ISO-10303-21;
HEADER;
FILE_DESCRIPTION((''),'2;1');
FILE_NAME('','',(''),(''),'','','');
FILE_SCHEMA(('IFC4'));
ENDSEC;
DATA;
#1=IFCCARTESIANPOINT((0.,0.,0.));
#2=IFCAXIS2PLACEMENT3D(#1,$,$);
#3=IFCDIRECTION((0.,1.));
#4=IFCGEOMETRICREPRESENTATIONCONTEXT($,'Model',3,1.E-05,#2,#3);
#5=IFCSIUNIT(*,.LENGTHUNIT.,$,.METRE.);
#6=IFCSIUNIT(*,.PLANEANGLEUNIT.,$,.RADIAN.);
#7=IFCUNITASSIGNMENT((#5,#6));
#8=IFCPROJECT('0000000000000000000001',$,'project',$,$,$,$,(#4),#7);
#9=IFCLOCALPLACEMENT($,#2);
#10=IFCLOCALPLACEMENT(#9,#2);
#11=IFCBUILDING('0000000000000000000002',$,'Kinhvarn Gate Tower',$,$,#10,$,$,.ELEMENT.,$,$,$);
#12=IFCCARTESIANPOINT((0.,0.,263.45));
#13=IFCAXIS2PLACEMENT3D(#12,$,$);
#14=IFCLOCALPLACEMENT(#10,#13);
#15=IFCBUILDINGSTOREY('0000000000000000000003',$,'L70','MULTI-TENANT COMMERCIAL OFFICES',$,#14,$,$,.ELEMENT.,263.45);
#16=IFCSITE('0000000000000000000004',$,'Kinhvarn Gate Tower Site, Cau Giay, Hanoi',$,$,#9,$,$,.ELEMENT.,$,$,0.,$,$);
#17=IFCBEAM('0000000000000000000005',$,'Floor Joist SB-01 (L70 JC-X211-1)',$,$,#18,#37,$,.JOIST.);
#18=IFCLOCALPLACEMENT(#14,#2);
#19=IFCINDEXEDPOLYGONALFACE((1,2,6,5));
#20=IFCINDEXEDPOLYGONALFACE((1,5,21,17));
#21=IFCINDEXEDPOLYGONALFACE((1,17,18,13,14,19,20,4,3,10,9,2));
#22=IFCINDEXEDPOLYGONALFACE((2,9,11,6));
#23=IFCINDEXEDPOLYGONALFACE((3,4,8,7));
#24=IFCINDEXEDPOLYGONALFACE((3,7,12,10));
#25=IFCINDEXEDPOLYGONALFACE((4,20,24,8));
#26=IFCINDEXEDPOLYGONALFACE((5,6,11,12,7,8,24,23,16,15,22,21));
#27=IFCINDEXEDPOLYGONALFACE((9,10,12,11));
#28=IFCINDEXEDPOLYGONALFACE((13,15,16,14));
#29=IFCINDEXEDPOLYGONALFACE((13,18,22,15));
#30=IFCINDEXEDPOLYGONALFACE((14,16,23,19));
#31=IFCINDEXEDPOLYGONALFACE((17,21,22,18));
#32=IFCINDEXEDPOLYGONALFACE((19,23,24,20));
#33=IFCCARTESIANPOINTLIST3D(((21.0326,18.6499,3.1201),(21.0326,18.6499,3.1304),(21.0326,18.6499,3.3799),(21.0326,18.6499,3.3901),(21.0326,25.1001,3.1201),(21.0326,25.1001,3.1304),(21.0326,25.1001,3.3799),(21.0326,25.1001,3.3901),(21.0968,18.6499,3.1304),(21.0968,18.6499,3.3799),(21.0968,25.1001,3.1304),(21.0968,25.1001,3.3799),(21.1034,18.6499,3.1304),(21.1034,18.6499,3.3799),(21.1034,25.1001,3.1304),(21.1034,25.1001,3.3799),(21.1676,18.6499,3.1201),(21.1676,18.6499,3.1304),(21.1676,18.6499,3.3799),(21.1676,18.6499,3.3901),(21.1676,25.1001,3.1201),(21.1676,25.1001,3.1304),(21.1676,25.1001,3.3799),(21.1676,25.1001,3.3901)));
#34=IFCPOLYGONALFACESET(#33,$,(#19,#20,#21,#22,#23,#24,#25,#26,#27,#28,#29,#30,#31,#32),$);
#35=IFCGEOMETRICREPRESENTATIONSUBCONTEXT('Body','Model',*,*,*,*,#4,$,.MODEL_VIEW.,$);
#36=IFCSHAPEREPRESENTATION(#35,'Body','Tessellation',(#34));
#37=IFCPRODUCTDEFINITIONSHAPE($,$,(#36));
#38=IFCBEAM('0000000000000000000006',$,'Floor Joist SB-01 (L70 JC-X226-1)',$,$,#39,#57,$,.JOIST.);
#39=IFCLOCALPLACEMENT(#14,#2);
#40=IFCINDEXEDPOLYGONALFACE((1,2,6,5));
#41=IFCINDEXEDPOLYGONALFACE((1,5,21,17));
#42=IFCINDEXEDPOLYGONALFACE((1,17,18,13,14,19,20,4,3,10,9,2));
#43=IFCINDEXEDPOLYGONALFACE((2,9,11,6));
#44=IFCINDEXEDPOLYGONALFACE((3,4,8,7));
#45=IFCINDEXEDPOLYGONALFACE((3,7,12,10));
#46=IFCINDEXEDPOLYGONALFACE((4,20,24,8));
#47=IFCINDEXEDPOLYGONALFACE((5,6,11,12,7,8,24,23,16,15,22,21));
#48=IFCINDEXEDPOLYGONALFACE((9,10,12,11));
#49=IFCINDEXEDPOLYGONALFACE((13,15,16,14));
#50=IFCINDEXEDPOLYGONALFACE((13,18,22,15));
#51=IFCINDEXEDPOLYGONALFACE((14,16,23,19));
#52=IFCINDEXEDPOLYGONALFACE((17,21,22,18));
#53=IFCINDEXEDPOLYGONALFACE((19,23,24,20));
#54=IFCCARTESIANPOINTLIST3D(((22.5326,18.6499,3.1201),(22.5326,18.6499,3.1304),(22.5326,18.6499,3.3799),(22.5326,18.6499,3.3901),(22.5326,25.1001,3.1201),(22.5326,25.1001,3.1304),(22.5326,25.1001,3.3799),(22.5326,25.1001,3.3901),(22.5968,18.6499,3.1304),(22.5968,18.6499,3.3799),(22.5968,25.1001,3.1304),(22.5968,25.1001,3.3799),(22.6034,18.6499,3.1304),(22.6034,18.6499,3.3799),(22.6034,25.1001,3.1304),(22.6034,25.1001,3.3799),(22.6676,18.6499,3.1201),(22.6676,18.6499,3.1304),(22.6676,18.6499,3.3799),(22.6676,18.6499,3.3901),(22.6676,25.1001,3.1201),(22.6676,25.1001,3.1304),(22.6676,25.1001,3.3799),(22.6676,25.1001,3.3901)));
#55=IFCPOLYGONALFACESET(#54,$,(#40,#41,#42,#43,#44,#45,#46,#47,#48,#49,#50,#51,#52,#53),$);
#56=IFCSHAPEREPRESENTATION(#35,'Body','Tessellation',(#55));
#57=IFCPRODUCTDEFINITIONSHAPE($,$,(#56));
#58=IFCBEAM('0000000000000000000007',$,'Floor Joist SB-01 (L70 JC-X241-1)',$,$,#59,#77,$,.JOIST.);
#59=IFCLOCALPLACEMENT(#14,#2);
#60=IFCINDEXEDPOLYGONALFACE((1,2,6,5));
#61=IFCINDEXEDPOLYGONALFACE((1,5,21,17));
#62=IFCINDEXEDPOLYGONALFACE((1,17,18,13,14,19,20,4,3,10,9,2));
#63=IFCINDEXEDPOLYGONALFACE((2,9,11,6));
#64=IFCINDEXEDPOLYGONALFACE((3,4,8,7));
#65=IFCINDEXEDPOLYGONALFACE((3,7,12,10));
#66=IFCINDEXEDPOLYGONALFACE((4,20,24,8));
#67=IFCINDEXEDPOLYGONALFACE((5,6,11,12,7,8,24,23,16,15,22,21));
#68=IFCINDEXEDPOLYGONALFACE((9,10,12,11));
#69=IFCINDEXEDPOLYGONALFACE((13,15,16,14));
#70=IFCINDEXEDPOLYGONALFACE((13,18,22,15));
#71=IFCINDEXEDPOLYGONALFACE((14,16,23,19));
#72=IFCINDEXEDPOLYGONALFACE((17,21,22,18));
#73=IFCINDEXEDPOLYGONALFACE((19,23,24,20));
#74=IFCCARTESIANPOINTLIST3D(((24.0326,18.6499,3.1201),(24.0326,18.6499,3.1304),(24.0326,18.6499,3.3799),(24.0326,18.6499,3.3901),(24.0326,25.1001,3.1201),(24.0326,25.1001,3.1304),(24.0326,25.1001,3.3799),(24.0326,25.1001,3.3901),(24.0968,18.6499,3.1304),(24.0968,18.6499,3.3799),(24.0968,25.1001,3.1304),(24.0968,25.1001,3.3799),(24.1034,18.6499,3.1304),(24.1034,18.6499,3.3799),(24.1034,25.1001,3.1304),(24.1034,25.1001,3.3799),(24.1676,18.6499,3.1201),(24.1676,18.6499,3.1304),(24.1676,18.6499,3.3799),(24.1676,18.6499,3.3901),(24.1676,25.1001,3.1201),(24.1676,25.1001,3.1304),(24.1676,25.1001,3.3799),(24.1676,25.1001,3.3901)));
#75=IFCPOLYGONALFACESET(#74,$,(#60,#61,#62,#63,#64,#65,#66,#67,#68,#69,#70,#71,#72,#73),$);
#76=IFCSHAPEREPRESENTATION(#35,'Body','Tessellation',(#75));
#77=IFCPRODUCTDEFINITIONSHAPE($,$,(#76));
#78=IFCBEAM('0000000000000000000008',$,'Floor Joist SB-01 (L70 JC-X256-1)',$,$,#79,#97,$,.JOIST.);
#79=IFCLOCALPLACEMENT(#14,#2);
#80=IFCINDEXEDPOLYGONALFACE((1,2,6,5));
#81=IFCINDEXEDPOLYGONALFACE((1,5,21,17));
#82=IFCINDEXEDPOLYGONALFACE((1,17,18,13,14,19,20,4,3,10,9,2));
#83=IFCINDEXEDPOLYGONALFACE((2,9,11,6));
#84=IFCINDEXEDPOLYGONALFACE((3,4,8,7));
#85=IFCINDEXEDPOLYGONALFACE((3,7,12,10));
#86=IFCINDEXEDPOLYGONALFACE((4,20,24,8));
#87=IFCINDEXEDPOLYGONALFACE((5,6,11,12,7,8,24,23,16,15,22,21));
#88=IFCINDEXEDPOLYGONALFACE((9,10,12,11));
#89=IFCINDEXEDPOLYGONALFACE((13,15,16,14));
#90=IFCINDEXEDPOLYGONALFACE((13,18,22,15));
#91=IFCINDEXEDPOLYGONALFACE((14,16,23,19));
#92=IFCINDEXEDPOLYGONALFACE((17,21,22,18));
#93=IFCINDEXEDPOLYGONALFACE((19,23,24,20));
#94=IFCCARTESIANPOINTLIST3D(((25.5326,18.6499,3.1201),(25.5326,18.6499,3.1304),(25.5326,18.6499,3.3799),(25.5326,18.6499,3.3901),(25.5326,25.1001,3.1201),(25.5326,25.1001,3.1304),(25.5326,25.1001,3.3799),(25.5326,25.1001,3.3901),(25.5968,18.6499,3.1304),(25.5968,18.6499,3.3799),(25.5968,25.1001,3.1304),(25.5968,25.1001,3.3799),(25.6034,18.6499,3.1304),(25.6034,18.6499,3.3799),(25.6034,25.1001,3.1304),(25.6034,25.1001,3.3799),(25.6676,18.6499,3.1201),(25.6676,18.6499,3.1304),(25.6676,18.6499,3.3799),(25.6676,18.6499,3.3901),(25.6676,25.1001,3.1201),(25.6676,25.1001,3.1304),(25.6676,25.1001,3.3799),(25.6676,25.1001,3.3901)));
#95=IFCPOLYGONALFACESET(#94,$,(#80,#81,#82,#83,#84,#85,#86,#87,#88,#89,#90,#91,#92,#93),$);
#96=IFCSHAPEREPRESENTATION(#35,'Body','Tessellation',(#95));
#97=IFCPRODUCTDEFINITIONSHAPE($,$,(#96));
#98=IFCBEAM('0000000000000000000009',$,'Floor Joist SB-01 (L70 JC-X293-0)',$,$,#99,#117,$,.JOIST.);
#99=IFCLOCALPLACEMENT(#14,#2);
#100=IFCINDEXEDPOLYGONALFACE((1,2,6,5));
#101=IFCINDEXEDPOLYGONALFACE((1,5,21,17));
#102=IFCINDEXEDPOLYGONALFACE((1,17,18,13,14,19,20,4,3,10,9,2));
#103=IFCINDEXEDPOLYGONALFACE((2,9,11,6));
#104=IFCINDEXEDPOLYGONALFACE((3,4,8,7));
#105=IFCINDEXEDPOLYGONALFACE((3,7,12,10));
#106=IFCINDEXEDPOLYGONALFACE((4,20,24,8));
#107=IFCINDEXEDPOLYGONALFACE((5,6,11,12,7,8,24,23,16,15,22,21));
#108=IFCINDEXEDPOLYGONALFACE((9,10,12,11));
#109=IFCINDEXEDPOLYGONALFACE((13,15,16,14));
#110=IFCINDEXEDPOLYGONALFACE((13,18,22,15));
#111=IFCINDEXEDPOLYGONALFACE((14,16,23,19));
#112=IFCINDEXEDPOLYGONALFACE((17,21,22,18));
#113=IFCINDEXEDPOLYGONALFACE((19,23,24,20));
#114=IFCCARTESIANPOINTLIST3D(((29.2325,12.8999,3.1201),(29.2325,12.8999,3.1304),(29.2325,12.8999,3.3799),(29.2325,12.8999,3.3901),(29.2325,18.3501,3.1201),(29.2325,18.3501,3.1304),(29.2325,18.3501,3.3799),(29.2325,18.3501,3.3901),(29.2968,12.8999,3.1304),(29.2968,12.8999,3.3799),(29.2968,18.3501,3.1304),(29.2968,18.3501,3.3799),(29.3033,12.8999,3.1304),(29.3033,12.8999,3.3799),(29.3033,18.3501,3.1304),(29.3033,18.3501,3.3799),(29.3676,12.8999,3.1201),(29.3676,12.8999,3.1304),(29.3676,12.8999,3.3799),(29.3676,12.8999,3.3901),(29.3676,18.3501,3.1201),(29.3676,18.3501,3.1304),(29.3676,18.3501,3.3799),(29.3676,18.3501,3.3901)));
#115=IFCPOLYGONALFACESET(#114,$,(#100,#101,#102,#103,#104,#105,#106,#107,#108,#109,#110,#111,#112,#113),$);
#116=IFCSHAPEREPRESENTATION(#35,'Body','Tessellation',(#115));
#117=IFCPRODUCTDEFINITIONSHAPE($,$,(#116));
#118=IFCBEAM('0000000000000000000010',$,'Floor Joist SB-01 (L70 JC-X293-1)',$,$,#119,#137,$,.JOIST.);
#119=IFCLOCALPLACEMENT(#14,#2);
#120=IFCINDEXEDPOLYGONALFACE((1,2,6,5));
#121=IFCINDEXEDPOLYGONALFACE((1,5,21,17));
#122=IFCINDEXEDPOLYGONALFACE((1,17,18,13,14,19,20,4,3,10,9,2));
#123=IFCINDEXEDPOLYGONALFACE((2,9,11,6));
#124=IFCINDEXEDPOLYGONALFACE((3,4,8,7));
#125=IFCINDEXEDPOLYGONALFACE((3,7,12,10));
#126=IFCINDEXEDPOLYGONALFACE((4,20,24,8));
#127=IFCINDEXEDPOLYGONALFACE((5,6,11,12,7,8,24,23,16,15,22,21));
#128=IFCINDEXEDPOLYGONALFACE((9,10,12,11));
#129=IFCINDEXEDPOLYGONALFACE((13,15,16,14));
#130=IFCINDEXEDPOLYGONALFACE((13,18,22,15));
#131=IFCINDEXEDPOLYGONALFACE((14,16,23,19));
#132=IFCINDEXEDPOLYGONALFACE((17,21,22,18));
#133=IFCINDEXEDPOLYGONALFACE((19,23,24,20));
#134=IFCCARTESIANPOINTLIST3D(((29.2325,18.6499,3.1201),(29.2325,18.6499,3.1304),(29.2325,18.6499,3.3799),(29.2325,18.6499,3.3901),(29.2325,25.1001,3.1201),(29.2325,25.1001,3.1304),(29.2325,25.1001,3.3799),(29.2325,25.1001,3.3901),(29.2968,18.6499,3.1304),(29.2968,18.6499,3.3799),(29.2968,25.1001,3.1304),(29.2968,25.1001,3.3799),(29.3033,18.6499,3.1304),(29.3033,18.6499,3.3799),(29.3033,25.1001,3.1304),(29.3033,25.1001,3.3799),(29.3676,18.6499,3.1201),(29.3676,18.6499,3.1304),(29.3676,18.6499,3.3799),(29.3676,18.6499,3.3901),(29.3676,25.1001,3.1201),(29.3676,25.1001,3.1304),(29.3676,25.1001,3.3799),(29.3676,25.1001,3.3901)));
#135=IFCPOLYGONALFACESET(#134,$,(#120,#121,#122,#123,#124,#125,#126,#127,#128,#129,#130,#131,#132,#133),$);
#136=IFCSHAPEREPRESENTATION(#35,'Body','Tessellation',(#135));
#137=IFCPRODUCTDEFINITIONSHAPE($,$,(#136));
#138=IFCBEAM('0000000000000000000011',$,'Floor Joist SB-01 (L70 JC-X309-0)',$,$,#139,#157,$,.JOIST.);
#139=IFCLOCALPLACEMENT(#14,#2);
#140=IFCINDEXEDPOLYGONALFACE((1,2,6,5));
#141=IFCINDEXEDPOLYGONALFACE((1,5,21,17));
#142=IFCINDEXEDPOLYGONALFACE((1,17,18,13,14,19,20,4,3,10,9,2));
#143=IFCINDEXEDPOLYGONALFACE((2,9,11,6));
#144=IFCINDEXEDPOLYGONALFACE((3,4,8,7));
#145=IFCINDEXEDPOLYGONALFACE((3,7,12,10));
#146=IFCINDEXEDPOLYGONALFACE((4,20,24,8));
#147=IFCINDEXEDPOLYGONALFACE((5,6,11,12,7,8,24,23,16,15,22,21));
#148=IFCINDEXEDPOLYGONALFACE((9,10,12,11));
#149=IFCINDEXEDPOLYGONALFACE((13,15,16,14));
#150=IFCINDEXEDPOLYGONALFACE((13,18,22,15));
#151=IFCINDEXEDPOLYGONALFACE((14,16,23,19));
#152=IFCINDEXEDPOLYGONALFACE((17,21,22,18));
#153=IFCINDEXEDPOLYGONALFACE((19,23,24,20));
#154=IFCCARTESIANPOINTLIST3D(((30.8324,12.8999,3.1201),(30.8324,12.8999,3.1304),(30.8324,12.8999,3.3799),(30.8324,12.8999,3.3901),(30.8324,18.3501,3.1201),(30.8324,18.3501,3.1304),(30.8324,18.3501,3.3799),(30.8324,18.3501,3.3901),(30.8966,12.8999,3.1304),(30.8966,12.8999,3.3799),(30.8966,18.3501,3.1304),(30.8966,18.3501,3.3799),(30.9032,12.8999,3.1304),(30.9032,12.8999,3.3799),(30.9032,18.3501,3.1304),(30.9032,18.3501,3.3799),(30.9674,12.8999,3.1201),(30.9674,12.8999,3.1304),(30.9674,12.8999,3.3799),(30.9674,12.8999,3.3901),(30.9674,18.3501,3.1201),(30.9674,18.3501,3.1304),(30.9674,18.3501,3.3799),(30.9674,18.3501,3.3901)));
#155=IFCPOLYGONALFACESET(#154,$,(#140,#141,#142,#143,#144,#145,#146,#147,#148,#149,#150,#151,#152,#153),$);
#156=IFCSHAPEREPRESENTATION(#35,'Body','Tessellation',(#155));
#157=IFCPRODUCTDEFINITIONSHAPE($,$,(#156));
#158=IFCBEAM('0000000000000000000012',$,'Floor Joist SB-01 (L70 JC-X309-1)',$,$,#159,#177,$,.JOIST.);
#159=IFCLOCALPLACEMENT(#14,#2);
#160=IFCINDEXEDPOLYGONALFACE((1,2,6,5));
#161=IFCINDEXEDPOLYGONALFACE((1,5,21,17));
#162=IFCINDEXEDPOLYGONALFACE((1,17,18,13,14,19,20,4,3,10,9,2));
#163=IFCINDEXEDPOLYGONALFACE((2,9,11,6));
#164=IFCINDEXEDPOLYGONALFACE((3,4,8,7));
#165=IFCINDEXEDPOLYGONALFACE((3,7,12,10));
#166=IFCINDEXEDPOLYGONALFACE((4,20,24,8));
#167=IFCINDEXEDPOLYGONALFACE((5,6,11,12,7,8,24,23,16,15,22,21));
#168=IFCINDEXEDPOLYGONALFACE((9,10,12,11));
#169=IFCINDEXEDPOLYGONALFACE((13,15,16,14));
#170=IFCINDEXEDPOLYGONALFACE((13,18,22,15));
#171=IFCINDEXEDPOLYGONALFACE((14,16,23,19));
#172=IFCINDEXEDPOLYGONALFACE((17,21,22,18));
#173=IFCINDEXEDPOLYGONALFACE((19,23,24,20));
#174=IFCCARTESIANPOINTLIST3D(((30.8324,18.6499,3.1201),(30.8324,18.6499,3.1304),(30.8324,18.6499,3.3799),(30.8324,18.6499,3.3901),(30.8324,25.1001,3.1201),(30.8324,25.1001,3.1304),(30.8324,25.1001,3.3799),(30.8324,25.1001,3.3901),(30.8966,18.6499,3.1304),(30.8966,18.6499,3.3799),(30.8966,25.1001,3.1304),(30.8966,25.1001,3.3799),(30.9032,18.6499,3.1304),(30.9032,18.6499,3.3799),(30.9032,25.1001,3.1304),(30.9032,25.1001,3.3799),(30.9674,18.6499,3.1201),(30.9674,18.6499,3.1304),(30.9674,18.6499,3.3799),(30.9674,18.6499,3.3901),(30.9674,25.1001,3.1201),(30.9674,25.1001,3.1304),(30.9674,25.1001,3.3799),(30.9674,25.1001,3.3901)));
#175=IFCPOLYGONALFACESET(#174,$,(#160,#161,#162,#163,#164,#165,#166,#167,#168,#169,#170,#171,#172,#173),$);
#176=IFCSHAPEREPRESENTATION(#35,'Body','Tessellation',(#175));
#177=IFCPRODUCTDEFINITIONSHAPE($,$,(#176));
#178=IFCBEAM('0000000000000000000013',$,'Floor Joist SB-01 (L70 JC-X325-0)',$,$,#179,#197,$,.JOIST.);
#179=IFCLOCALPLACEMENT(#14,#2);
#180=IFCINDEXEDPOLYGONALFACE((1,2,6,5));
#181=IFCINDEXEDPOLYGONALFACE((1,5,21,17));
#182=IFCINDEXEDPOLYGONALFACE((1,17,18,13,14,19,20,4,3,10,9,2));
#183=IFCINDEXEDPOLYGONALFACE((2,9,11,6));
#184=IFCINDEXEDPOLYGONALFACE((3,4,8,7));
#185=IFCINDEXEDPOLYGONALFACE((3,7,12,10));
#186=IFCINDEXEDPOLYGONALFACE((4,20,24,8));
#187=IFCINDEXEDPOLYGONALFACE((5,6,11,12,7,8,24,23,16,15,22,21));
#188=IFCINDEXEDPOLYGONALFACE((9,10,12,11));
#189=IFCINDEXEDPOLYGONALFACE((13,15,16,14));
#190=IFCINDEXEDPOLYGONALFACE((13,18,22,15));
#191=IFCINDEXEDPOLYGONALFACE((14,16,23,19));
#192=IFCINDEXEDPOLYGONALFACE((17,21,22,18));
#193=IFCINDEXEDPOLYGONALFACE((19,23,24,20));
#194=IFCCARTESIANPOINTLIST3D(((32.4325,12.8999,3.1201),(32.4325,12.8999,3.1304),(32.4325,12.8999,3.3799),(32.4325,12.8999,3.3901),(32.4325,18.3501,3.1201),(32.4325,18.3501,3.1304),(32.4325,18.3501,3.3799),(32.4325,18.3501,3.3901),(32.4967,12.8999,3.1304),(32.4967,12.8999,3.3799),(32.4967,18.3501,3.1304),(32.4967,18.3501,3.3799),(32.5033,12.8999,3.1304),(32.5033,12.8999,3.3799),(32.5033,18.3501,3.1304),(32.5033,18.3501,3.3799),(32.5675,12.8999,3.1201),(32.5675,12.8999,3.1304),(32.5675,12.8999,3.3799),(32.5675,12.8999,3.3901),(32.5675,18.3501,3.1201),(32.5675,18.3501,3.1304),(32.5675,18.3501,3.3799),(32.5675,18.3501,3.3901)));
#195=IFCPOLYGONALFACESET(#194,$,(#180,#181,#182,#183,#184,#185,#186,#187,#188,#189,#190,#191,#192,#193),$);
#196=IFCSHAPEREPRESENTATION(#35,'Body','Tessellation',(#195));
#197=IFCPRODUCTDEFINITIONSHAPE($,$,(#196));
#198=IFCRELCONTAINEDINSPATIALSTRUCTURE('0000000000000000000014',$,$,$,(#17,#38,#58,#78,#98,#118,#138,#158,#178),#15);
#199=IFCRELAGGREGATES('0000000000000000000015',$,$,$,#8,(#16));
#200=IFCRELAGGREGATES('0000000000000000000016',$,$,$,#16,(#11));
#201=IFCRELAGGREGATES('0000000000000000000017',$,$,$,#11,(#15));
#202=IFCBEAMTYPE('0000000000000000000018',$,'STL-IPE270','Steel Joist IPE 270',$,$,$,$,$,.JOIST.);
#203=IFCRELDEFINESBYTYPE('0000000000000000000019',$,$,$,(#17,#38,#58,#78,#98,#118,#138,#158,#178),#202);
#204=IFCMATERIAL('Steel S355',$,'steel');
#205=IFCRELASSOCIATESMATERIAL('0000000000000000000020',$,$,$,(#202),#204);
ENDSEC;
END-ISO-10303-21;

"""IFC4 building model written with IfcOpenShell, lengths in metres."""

from ifc_helpers import new_model, si_unit, direction, frame, origin, origin_2d, place, context, subcontext, project, spatial, i_section, extrude, material, material_profile, profile_set, type_object, element, save


model = new_model("IFC4")

# Units and contexts
model_context = context("Model", 3, precision=1e-05, world=origin(), true_north=direction((0.0, 1.0)))
body_context = subcontext(model_context, "Body", "Model", "MODEL_VIEW")
ifc_project = project(units=[si_unit("LENGTHUNIT", "METRE"), si_unit("PLANEANGLEUNIT", "RADIAN")], contexts=[model_context])

# Site, building, storey
site_placement = place(None, origin())
site = spatial("IfcSite", under=ifc_project, at=site_placement, Name="Kinhvarn Gate Tower Site, Cau Giay, Hanoi", CompositionType="ELEMENT", RefElevation=0.0)
building_placement = place(site_placement, origin())
building = spatial("IfcBuilding", under=site, at=building_placement, Name="Kinhvarn Gate Tower", CompositionType="ELEMENT")
storey_placement = place(building_placement, frame((0.0, 0.0, 263.45)))
storey = spatial("IfcBuildingStorey", under=building, at=storey_placement, Name="L70", Description="MULTI-TENANT COMMERCIAL OFFICES", CompositionType="ELEMENT", Elevation=263.45)

# Beams
ifc_material_1 = material(Name="Steel S355", Category="steel")
ifc_material_profile = material_profile(ifc_material_1, i_section(OverallWidth=0.135, OverallDepth=0.27, WebThickness=0.0066, FlangeThickness=0.0103, at=origin_2d()), Name="IPE 270")
ifc_profile_set = profile_set([ifc_material_profile], Name="Steel S355")
beam_type = type_object("IfcBeamType", Name="STL-IPE270", Description="Steel Joist IPE 270", PredefinedType="JOIST", material=ifc_profile_set)
for number, where, z_axis, x_axis, name in (
    (1, (21.1001, 18.6499, 3.2551), (0.0, 1.0, 0.0), (-1.0, 0.0, 0.0), "Floor Joist SB-01 (L70 JC-X211-1)"),
    (2, (22.6001, 18.6499, 3.2551), (0.0, 1.0, 0.0), (-1.0, 0.0, 0.0), "Floor Joist SB-01 (L70 JC-X226-1)"),
    (3, (24.1001, 18.6499, 3.2551), (0.0, 1.0, 0.0), (-1.0, 0.0, 0.0), "Floor Joist SB-01 (L70 JC-X241-1)"),
    (4, (25.6001, 18.6499, 3.2551), (0.0, 1.0, 0.0), (-1.0, 0.0, 0.0), "Floor Joist SB-01 (L70 JC-X256-1)"),
):
    element("IfcBeam", number, at=place(storey_placement, frame(where, z_axis=z_axis, x_axis=x_axis)), inside=storey, type_object=beam_type, Name=name, PredefinedType="JOIST", context=body_context, shape_type="SweptSolid", body=[
        extrude(i_section(OverallWidth=0.135, OverallDepth=0.27, WebThickness=0.0066, FlangeThickness=0.0103, at=origin_2d()), origin(), (0.0, 0.0, 1.0), 6.4502),
    ])
beam_1_placement = place(storey_placement, frame((29.3, 12.8999, 3.2551), z_axis=(0.0, 1.0, 0.0), x_axis=(-1.0, 0.0, 0.0)))
element("IfcBeam", 5, at=beam_1_placement, inside=storey, type_object=beam_type, Name="Floor Joist SB-01 (L70 JC-X293-0)", PredefinedType="JOIST", context=body_context, shape_type="SweptSolid", body=[
    extrude(i_section(OverallWidth=0.135, OverallDepth=0.27, WebThickness=0.0066, FlangeThickness=0.0103, at=origin_2d()), origin(), (0.0, 0.0, 1.0), 5.4502),
])
beam_2_placement = place(storey_placement, frame((29.3, 18.6499, 3.2551), z_axis=(0.0, 1.0, 0.0), x_axis=(-1.0, 0.0, 0.0)))
element("IfcBeam", 6, at=beam_2_placement, inside=storey, type_object=beam_type, Name="Floor Joist SB-01 (L70 JC-X293-1)", PredefinedType="JOIST", context=body_context, shape_type="SweptSolid", body=[
    extrude(i_section(OverallWidth=0.135, OverallDepth=0.27, WebThickness=0.0066, FlangeThickness=0.0103, at=origin_2d()), origin(), (0.0, 0.0, 1.0), 6.4502),
])
beam_3_placement = place(storey_placement, frame((30.8999, 12.8999, 3.2551), z_axis=(0.0, 1.0, 0.0), x_axis=(-1.0, 0.0, 0.0)))
element("IfcBeam", 7, at=beam_3_placement, inside=storey, type_object=beam_type, Name="Floor Joist SB-01 (L70 JC-X309-0)", PredefinedType="JOIST", context=body_context, shape_type="SweptSolid", body=[
    extrude(i_section(OverallWidth=0.135, OverallDepth=0.27, WebThickness=0.0066, FlangeThickness=0.0103, at=origin_2d()), origin(), (0.0, 0.0, 1.0), 5.4502),
])
beam_4_placement = place(storey_placement, frame((30.8999, 18.6499, 3.2551), z_axis=(0.0, 1.0, 0.0), x_axis=(-1.0, 0.0, 0.0)))
element("IfcBeam", 8, at=beam_4_placement, inside=storey, type_object=beam_type, Name="Floor Joist SB-01 (L70 JC-X309-1)", PredefinedType="JOIST", context=body_context, shape_type="SweptSolid", body=[
    extrude(i_section(OverallWidth=0.135, OverallDepth=0.27, WebThickness=0.0066, FlangeThickness=0.0103, at=origin_2d()), origin(), (0.0, 0.0, 1.0), 6.4502),
])
beam_5_placement = place(storey_placement, frame((32.5, 12.8999, 3.2551), z_axis=(0.0, 1.0, 0.0), x_axis=(-1.0, 0.0, 0.0)))
element("IfcBeam", 9, at=beam_5_placement, inside=storey, type_object=beam_type, Name="Floor Joist SB-01 (L70 JC-X325-0)", PredefinedType="JOIST", context=body_context, shape_type="SweptSolid", body=[
    extrude(i_section(OverallWidth=0.135, OverallDepth=0.27, WebThickness=0.0066, FlangeThickness=0.0103, at=origin_2d()), origin(), (0.0, 0.0, 1.0), 5.4502),
])

save(model, "model.ifc")
